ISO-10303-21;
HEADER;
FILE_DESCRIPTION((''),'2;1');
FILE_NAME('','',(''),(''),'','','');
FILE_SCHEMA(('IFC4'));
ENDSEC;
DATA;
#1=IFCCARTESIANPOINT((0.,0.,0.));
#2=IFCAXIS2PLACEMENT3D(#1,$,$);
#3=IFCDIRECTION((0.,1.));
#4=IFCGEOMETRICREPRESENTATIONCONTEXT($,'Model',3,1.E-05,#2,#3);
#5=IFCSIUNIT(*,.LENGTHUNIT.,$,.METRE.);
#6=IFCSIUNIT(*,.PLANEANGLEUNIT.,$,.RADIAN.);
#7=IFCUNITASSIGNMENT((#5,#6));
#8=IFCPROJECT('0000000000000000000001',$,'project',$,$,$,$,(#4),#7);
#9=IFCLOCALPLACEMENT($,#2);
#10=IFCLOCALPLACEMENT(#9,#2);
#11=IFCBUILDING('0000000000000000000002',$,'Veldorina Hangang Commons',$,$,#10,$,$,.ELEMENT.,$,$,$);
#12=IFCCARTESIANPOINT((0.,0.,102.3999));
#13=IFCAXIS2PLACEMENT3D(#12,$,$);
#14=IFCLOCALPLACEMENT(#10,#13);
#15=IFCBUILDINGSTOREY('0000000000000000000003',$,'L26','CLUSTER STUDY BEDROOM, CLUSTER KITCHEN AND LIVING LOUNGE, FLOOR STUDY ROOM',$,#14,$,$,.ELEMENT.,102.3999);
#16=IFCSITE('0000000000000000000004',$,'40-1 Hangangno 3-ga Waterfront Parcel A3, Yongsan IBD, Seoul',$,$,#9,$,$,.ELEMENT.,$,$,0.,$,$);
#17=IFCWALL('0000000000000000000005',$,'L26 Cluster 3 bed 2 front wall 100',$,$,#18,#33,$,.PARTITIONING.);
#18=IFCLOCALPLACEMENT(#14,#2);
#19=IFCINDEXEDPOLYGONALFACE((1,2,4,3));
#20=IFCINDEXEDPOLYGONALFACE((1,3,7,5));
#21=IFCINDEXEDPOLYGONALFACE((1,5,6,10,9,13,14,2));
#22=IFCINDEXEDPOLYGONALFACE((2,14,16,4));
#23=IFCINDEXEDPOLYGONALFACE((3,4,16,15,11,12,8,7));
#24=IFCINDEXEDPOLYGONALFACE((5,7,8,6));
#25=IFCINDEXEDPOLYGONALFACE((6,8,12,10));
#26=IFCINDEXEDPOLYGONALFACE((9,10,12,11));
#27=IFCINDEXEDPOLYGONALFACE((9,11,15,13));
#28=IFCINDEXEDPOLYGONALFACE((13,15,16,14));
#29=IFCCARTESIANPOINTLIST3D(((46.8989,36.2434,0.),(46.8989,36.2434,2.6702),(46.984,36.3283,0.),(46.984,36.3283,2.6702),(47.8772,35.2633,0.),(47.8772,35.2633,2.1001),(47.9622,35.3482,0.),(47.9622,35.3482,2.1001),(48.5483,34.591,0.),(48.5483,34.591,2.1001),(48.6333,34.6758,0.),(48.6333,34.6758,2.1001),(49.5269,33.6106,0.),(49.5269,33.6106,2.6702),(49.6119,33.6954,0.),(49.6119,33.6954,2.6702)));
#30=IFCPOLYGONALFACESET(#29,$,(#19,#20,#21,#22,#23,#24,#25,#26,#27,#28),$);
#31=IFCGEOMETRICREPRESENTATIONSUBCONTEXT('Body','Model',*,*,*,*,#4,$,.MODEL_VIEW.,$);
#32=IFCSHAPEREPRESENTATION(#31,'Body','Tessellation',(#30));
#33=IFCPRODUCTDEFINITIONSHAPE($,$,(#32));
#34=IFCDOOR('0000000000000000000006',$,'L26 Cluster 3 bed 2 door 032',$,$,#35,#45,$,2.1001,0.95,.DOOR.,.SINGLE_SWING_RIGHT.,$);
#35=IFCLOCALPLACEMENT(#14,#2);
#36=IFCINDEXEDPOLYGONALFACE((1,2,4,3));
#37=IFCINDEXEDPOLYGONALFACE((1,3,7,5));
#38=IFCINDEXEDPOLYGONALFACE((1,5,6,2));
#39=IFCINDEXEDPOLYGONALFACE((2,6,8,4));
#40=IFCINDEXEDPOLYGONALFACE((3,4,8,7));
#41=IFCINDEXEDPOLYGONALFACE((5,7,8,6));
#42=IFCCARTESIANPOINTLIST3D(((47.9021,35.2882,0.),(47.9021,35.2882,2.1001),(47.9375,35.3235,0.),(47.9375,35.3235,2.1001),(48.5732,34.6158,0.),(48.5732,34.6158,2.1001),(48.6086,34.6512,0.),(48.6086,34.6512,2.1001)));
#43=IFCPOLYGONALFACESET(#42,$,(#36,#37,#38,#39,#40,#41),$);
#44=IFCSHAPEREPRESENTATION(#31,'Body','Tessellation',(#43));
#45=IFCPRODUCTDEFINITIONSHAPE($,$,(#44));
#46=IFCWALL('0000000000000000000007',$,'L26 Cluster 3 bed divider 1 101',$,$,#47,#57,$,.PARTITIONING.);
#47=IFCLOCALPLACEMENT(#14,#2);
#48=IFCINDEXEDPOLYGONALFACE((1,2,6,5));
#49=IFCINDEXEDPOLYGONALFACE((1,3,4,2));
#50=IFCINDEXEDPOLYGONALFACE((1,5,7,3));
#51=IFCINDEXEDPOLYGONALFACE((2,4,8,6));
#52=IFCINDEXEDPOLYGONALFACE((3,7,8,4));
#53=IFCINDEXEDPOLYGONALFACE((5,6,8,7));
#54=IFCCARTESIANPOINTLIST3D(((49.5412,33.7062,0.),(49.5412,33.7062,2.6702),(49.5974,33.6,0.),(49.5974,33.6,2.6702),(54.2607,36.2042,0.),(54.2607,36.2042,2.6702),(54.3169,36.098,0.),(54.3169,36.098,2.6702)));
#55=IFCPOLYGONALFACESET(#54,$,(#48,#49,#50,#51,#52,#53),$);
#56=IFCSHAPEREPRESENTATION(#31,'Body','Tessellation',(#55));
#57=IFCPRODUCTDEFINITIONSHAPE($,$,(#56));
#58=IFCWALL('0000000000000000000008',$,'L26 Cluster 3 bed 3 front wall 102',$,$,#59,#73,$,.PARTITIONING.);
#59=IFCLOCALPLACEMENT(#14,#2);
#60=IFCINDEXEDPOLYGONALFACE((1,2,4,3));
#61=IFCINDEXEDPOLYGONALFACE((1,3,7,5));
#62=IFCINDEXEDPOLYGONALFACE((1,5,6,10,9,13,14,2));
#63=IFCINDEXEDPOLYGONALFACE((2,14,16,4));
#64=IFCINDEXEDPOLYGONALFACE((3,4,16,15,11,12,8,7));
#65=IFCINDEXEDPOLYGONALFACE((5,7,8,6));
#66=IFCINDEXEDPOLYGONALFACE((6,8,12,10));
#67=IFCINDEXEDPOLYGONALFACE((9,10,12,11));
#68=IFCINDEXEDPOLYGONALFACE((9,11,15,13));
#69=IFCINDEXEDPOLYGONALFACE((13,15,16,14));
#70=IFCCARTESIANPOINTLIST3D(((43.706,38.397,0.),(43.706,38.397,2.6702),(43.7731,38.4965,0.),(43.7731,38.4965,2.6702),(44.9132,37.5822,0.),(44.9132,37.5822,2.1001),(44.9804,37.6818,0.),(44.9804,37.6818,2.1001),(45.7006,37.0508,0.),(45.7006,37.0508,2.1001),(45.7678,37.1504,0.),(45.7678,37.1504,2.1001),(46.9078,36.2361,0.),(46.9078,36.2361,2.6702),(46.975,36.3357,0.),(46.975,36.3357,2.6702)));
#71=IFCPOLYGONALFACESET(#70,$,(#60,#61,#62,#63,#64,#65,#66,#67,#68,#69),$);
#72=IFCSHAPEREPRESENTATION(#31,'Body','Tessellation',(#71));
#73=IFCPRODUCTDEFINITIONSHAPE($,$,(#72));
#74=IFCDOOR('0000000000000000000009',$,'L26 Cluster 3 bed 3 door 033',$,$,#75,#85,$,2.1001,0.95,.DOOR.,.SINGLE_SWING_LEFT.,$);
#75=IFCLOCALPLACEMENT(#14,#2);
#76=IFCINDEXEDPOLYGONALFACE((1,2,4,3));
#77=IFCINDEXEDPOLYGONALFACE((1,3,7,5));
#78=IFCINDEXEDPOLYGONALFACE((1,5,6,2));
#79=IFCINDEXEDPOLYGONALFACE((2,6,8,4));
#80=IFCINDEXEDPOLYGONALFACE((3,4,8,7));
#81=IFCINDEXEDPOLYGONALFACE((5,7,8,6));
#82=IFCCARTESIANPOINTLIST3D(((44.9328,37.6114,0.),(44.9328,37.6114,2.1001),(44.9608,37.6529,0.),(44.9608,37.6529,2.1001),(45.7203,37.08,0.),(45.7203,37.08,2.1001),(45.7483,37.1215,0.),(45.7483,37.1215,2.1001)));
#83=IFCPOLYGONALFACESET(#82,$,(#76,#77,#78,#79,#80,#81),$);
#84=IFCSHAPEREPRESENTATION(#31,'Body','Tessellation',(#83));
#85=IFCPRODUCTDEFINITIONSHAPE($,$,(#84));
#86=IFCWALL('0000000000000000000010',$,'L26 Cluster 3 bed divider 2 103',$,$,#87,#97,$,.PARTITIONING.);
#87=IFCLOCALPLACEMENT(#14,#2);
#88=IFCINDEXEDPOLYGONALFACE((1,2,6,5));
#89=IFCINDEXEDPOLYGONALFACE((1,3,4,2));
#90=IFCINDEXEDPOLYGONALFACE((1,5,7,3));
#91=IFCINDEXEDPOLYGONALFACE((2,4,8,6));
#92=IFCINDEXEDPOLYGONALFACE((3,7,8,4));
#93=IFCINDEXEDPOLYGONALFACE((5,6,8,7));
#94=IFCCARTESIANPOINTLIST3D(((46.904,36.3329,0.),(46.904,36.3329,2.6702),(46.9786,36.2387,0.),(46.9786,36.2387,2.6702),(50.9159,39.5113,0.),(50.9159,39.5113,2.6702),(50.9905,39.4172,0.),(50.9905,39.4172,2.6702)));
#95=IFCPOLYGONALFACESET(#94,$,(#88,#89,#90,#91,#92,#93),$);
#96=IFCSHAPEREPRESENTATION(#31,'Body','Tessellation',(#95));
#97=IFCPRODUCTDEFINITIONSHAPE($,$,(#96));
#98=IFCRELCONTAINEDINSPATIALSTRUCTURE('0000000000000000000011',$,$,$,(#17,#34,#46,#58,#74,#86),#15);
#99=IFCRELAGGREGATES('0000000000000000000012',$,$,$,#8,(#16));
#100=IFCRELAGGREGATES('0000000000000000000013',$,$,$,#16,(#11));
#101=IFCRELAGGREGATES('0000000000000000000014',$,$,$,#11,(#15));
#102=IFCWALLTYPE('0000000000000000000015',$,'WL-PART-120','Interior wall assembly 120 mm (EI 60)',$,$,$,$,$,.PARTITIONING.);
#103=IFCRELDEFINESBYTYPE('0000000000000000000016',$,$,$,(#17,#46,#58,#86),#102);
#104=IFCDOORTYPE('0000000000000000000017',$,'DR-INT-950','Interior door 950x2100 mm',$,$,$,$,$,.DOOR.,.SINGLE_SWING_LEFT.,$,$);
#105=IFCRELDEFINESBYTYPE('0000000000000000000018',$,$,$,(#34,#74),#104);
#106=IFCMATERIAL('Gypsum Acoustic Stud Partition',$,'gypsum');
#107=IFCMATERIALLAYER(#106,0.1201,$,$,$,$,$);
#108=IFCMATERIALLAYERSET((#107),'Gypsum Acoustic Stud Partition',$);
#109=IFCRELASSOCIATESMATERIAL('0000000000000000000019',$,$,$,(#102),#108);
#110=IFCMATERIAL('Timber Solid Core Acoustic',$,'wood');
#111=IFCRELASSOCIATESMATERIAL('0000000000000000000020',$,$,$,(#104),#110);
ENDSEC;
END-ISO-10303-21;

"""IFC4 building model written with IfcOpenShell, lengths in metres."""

from ifc_helpers import new_model, si_unit, direction, frame, frame_2d, origin, place, context, subcontext, project, spatial, rectangle, extrude, material, layer, layer_set, type_object, element, fill, save


model = new_model("IFC4")

# Units and contexts
model_context = context("Model", 3, precision=1e-05, world=origin(), true_north=direction((0.0, 1.0)))
body_context = subcontext(model_context, "Body", "Model", "MODEL_VIEW")
ifc_project = project(units=[si_unit("LENGTHUNIT", "METRE"), si_unit("PLANEANGLEUNIT", "RADIAN")], contexts=[model_context])

# Site, building, storey
site_placement = place(None, origin())
site = spatial("IfcSite", under=ifc_project, at=site_placement, Name="40-1 Hangangno 3-ga Waterfront Parcel A3, Yongsan IBD, Seoul", CompositionType="ELEMENT", RefElevation=0.0)
building_placement = place(site_placement, origin())
building = spatial("IfcBuilding", under=site, at=building_placement, Name="Veldorina Hangang Commons", CompositionType="ELEMENT")
storey_placement = place(building_placement, frame((0.0, 0.0, 102.3999)))
storey = spatial("IfcBuildingStorey", under=building, at=storey_placement, Name="L26", Description="CLUSTER STUDY BEDROOM, CLUSTER KITCHEN AND LIVING LOUNGE, FLOOR STUDY ROOM", CompositionType="ELEMENT", Elevation=102.3999)

# Wall, opening, door
ifc_material_1 = material(Name="Gypsum Acoustic Stud Partition", Category="gypsum")
ifc_layer_1 = layer(ifc_material_1, 0.1201)
ifc_layer_set_1 = layer_set([ifc_layer_1], Name="Gypsum Acoustic Stud Partition")
wall_type_1 = type_object("IfcWallType", Name="WL-PART-120", Description="Interior wall assembly 120 mm (EI 60)", PredefinedType="PARTITIONING", material=ifc_layer_set_1)
wall_1_placement = place(storey_placement, frame((49.5693, 33.6531, 0.0), z_axis=(0.0, 0.0, 1.0), x_axis=(-0.70645, 0.707763, 0.0)))
wall_1 = element("IfcWall", 1, at=wall_1_placement, inside=storey, type_object=wall_type_1, Name="L26 Cluster 3 bed 2 front wall 100", PredefinedType="PARTITIONING", context=body_context, shape_type="SweptSolid", body=[
    extrude(rectangle(XDim=3.72, YDim=0.1201, at=frame_2d((1.8599, 0.0))), origin(), (0.0, 0.0, 1.0), 2.6702),
])
opening_1_placement = place(wall_1_placement, frame((1.385, 0.0, 0.0)))
opening_1 = element("IfcOpeningElement", 2, at=opening_1_placement, cuts=wall_1, PredefinedType="OPENING", context=body_context, shape_type="SweptSolid", body=[
    extrude(rectangle(XDim=0.95, YDim=2.1001, at=frame_2d((0.4751, 1.05))), frame((0.0, 0.0701, 0.0), z_axis=(0.0, -1.0, 0.0), x_axis=(1.0, 0.0, 0.0)), (0.0, 0.0, 1.0), 0.1401),
])
ifc_material_2 = material(Name="Timber Solid Core Acoustic", Category="wood")
door_type = type_object("IfcDoorType", Name="DR-INT-950", Description="Interior door 950x2100 mm", OperationType="SINGLE_SWING_LEFT", PredefinedType="DOOR", material=ifc_material_2)
door_1_placement = place(opening_1_placement, origin())
door_1 = element("IfcDoor", 3, at=door_1_placement, inside=storey, type_object=door_type, Name="L26 Cluster 3 bed 2 door 032", OperationType="SINGLE_SWING_RIGHT", OverallHeight=2.1001, OverallWidth=0.95, PredefinedType="DOOR", context=body_context, shape_type="SweptSolid", body=[
    extrude(rectangle(XDim=0.95, YDim=2.1001, at=frame_2d((0.4751, 1.05))), frame((0.0, 0.0249, 0.0), z_axis=(0.0, -1.0, 0.0), x_axis=(1.0, 0.0, 0.0)), (0.0, 0.0, 1.0), 0.05),
])
fill(opening_1, door_1)

# Wall
wall_2_placement = place(storey_placement, frame((49.5693, 33.6531, 0.0), z_axis=(0.0, 0.0, 1.0), x_axis=(0.883827, 0.467814, 0.0)))
element("IfcWall", 4, at=wall_2_placement, inside=storey, type_object=wall_type_1, Name="L26 Cluster 3 bed divider 1 101", PredefinedType="PARTITIONING", context=body_context, shape_type="SweptSolid", body=[
    extrude(rectangle(XDim=5.3398, YDim=0.1201, at=frame_2d((2.6699, 0.0))), origin(), (0.0, 0.0, 1.0), 2.6702),
])

# Wall, opening, door
wall_3_placement = place(storey_placement, frame((46.9414, 36.2859, 0.0), z_axis=(0.0, 0.0, 1.0), x_axis=(-0.828896, 0.559402, 0.0)))
wall_3 = element("IfcWall", 5, at=wall_3_placement, inside=storey, type_object=wall_type_1, Name="L26 Cluster 3 bed 3 front wall 102", PredefinedType="PARTITIONING", context=body_context, shape_type="SweptSolid", body=[
    extrude(rectangle(XDim=3.8628, YDim=0.1201, at=frame_2d((1.9314, 0.0))), origin(), (0.0, 0.0, 1.0), 2.6702),
])
opening_2_placement = place(wall_3_placement, frame((1.4563, 0.0, 0.0)))
opening_2 = element("IfcOpeningElement", 6, at=opening_2_placement, cuts=wall_3, PredefinedType="OPENING", context=body_context, shape_type="SweptSolid", body=[
    extrude(rectangle(XDim=0.95, YDim=2.1001, at=frame_2d((0.4751, 1.05))), frame((0.0, 0.0701, 0.0), z_axis=(0.0, -1.0, 0.0), x_axis=(1.0, 0.0, 0.0)), (0.0, 0.0, 1.0), 0.1401),
])
door_2_placement = place(opening_2_placement, origin())
door_2 = element("IfcDoor", 7, at=door_2_placement, inside=storey, type_object=door_type, Name="L26 Cluster 3 bed 3 door 033", OperationType="SINGLE_SWING_LEFT", OverallHeight=2.1001, OverallWidth=0.95, PredefinedType="DOOR", context=body_context, shape_type="SweptSolid", body=[
    extrude(rectangle(XDim=0.95, YDim=2.1001, at=frame_2d((0.4751, 1.05))), frame((0.0, 0.0249, 0.0), z_axis=(0.0, -1.0, 0.0), x_axis=(1.0, 0.0, 0.0)), (0.0, 0.0, 1.0), 0.05),
])
fill(opening_2, door_2)

# Wall
wall_4_placement = place(storey_placement, frame((46.9414, 36.2859, 0.0), z_axis=(0.0, 0.0, 1.0), x_axis=(0.783824, 0.620983, 0.0)))
element("IfcWall", 8, at=wall_4_placement, inside=storey, type_object=wall_type_1, Name="L26 Cluster 3 bed divider 2 103", PredefinedType="PARTITIONING", context=body_context, shape_type="SweptSolid", body=[
    extrude(rectangle(XDim=5.1184, YDim=0.1201, at=frame_2d((2.5591, 0.0))), origin(), (0.0, 0.0, 1.0), 2.6702),
])

save(model, "model.ifc")
